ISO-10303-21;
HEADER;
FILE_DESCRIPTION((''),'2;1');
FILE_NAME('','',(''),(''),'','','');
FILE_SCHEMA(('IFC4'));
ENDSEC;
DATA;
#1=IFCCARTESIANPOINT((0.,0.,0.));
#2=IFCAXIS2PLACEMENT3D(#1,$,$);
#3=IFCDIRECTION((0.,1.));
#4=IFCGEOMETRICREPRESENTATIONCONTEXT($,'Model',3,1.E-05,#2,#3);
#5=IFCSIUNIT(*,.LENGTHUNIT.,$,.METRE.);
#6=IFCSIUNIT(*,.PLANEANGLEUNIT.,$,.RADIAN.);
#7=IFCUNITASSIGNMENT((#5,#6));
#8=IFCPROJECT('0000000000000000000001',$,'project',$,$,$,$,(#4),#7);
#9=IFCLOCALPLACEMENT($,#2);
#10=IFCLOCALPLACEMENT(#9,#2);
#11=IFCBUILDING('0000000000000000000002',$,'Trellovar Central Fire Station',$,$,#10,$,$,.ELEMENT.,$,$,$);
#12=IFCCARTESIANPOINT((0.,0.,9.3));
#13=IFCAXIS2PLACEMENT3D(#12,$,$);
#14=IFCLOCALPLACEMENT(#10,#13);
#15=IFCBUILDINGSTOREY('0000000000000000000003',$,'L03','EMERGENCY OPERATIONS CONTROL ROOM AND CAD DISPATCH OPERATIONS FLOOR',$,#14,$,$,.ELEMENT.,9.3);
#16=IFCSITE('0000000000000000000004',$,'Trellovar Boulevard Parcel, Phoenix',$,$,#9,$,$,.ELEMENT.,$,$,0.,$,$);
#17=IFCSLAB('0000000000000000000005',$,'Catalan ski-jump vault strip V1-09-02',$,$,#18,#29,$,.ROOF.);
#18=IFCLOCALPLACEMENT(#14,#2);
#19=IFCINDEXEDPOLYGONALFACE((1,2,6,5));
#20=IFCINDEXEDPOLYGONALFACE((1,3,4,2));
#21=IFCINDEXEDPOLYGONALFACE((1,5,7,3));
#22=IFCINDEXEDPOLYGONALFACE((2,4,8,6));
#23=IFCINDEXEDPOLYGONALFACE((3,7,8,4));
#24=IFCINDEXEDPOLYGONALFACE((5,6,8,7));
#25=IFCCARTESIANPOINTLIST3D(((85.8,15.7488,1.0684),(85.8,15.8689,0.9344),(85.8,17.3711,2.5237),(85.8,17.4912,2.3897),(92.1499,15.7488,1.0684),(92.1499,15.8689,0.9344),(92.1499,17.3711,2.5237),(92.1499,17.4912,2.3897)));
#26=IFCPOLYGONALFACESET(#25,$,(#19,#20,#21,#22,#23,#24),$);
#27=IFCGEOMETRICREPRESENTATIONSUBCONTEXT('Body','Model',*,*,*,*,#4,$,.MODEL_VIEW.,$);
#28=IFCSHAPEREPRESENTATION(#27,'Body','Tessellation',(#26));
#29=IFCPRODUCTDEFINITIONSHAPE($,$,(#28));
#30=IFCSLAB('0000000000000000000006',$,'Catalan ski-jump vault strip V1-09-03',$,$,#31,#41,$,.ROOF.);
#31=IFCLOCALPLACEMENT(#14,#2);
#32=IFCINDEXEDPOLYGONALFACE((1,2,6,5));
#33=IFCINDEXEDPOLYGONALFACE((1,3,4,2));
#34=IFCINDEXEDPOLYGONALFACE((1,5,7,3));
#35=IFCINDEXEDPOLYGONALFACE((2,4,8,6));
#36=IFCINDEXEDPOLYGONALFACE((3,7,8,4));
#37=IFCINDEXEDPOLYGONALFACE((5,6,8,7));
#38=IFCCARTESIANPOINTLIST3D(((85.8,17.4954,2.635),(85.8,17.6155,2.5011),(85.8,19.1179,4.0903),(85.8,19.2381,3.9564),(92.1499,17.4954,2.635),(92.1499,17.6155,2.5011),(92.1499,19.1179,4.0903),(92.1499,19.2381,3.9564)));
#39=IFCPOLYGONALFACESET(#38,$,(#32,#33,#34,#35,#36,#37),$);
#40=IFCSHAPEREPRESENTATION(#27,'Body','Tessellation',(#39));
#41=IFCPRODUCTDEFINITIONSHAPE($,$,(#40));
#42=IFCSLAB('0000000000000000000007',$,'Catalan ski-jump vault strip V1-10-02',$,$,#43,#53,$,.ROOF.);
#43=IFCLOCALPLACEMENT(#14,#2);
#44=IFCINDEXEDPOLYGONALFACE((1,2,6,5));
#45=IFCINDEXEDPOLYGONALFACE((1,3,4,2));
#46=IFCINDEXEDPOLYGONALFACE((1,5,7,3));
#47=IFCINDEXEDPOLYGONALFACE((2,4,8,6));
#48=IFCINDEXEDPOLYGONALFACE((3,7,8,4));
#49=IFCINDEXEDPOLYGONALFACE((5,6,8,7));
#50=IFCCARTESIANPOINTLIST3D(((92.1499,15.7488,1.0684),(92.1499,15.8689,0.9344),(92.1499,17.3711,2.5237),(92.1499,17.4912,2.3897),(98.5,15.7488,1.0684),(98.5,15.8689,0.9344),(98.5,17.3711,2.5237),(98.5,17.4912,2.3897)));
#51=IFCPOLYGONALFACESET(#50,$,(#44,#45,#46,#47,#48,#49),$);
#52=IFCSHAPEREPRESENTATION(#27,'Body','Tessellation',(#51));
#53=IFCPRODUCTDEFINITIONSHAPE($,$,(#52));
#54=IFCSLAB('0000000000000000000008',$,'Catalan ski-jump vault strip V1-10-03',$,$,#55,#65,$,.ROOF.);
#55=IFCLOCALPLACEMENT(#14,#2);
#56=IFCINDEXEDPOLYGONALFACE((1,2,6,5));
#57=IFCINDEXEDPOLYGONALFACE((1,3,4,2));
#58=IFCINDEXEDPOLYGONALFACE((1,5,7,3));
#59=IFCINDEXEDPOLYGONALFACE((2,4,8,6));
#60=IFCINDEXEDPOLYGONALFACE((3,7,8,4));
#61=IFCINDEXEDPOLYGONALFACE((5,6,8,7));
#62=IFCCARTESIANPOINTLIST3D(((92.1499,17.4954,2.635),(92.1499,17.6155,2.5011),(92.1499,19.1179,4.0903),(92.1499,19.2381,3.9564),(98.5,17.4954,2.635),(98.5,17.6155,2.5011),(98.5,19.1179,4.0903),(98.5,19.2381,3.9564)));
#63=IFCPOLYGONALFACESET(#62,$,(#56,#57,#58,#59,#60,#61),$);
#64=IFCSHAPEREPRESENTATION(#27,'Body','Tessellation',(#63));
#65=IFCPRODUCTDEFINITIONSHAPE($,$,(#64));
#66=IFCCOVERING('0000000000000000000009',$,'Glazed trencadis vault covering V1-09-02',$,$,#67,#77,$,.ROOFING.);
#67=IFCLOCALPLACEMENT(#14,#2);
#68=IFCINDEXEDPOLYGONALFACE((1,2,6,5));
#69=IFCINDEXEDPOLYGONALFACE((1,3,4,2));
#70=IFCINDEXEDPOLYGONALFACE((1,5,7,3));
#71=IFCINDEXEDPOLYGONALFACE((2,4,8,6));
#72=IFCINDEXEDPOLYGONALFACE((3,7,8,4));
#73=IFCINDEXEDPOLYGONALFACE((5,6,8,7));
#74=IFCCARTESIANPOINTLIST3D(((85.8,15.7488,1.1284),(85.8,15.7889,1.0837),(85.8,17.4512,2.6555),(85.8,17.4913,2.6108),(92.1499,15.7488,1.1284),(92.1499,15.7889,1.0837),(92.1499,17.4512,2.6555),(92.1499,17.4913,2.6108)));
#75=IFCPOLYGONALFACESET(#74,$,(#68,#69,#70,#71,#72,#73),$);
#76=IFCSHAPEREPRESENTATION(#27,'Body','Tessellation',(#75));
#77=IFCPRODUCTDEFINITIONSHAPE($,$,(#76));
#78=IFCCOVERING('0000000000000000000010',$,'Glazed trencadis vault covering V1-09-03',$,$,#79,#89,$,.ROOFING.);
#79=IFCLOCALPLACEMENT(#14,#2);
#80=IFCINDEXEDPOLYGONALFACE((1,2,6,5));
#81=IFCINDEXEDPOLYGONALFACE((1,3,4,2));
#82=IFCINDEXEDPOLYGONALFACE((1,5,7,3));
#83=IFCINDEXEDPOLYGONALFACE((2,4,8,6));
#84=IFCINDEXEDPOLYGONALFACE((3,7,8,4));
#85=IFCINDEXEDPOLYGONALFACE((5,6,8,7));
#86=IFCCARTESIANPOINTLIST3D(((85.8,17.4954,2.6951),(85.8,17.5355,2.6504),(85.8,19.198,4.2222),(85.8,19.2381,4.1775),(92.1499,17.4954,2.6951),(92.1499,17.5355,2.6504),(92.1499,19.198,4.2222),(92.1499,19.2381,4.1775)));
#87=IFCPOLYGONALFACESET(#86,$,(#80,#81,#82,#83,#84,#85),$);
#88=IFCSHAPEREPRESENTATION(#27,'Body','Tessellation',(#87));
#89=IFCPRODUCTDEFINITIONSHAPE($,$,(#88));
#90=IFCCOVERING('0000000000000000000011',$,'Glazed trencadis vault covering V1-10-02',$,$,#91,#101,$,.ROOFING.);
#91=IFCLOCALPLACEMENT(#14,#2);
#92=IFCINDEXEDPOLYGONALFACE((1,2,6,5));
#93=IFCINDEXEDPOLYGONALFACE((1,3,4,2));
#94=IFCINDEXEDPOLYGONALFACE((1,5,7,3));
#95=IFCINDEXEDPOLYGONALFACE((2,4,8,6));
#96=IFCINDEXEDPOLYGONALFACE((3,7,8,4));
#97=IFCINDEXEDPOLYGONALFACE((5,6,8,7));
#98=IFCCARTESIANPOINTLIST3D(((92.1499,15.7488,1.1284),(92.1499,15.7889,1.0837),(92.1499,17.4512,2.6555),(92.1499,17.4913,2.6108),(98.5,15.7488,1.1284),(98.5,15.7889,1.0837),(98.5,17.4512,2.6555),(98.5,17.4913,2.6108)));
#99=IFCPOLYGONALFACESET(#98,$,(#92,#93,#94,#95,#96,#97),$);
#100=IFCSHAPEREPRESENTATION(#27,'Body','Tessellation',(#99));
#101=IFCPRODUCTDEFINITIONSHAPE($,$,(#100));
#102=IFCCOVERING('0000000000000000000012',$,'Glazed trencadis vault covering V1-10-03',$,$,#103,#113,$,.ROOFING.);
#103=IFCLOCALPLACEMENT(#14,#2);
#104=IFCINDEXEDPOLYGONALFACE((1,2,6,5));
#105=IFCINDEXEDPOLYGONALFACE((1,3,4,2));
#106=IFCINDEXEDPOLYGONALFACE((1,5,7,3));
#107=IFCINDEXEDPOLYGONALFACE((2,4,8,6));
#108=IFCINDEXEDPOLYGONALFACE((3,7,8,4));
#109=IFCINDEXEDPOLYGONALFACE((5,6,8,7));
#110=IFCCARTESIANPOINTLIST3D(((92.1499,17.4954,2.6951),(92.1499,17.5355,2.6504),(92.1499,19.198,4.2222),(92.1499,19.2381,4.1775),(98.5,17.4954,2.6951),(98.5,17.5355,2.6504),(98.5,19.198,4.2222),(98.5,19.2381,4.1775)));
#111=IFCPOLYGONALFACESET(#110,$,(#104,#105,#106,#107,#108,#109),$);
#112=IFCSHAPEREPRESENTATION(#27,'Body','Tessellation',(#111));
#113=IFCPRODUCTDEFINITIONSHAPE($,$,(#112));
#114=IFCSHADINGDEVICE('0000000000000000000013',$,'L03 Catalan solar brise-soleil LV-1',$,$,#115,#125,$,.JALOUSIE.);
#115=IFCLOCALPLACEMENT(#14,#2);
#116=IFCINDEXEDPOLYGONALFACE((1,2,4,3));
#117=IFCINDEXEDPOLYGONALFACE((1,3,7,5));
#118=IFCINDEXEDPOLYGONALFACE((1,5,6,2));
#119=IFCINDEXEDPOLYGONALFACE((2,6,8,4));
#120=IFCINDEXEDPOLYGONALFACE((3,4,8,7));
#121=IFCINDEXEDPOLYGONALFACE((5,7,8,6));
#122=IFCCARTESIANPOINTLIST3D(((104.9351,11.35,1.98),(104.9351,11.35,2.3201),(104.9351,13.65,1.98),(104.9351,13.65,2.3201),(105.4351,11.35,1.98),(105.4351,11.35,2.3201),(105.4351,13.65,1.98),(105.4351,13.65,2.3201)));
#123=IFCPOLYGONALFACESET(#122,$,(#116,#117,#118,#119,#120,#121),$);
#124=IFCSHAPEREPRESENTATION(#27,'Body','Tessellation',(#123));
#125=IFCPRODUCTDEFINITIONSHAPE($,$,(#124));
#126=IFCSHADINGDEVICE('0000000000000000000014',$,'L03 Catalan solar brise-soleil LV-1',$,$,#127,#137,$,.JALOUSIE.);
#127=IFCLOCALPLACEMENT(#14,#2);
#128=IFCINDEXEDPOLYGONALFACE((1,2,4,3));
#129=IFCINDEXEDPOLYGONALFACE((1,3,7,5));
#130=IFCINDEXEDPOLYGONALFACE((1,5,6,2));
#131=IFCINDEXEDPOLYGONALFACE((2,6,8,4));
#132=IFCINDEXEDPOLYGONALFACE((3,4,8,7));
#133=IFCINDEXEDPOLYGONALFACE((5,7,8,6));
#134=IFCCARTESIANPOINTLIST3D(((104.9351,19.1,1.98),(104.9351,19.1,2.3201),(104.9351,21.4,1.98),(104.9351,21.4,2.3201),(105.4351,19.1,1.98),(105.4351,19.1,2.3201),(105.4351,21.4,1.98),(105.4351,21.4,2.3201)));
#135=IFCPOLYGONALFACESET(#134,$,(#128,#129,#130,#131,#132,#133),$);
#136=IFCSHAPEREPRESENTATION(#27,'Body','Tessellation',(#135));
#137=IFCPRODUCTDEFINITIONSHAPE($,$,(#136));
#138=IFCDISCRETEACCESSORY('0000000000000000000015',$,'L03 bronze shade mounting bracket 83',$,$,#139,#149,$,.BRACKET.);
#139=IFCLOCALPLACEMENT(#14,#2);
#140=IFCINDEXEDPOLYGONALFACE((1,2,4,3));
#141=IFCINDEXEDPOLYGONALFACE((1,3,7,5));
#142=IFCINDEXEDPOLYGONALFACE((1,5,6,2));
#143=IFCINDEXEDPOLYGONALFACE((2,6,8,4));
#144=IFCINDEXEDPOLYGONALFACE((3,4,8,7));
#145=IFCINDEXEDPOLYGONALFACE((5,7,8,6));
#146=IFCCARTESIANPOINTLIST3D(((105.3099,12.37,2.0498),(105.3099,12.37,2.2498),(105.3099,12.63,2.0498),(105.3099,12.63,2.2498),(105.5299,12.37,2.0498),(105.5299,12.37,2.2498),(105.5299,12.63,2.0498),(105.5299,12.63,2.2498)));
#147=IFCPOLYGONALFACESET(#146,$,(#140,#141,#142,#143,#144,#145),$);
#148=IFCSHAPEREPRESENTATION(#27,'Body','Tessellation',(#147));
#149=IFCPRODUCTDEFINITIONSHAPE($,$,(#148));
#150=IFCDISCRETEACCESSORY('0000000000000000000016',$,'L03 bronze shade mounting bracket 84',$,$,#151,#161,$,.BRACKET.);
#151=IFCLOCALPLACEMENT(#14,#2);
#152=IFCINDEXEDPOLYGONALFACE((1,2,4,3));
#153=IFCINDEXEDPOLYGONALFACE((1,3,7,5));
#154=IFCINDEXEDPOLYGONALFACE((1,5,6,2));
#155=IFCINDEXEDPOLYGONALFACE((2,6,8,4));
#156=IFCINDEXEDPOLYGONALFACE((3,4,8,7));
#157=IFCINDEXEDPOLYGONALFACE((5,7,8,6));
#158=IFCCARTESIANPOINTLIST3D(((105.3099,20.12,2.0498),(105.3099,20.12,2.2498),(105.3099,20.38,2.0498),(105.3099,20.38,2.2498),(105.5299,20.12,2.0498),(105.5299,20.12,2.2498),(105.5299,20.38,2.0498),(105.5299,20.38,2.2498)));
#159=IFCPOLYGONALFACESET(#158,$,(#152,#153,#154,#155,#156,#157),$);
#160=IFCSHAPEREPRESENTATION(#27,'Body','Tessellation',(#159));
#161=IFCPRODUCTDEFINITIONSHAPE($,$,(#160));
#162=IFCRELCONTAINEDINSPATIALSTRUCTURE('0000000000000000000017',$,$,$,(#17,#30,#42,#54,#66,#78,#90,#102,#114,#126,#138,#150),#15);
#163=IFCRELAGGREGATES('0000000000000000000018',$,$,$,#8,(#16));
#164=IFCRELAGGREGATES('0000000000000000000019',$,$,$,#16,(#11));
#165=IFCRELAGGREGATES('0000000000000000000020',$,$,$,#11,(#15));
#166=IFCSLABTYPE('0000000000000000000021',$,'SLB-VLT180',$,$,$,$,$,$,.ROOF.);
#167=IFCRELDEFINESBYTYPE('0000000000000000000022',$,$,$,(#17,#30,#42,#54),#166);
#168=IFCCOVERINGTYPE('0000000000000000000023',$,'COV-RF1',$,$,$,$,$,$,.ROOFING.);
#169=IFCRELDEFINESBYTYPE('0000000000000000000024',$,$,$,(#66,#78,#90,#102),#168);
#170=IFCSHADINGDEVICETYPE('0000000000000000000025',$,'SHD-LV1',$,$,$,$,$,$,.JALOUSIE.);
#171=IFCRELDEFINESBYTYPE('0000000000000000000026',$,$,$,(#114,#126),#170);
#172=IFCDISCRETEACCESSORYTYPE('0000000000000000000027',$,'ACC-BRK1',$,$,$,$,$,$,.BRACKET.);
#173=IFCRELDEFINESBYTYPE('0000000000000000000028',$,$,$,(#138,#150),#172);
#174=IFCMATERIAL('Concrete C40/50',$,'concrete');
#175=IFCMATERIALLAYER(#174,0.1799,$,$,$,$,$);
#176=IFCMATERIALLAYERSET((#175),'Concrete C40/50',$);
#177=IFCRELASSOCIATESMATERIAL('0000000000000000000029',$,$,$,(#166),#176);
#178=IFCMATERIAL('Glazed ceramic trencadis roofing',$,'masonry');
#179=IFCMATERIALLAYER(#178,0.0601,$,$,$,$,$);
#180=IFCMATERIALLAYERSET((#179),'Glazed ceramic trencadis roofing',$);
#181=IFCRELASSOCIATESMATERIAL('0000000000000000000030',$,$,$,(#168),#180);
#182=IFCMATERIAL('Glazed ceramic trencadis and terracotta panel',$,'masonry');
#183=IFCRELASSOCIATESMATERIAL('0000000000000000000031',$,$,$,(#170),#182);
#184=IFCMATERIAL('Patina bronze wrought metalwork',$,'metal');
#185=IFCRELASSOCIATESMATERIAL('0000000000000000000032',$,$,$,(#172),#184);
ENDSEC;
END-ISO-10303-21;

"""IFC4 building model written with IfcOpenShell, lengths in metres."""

from ifc_helpers import new_model, si_unit, direction, frame, origin, origin_2d, place, context, subcontext, project, spatial, polyline, rectangle, outline, extrude, material, layer, layer_set, type_object, element, save


model = new_model("IFC4")

# Units and contexts
model_context = context("Model", 3, precision=1e-05, world=origin(), true_north=direction((0.0, 1.0)))
body_context = subcontext(model_context, "Body", "Model", "MODEL_VIEW")
ifc_project = project(units=[si_unit("LENGTHUNIT", "METRE"), si_unit("PLANEANGLEUNIT", "RADIAN")], contexts=[model_context])

# Site, building, storey
site_placement = place(None, origin())
site = spatial("IfcSite", under=ifc_project, at=site_placement, Name="Trellovar Boulevard Parcel, Phoenix", CompositionType="ELEMENT", RefElevation=0.0)
building_placement = place(site_placement, origin())
building = spatial("IfcBuilding", under=site, at=building_placement, Name="Trellovar Central Fire Station", CompositionType="ELEMENT")
storey_placement = place(building_placement, frame((0.0, 0.0, 9.3)))
storey = spatial("IfcBuildingStorey", under=building, at=storey_placement, Name="L03", Description="EMERGENCY OPERATIONS CONTROL ROOM AND CAD DISPATCH OPERATIONS FLOOR", CompositionType="ELEMENT", Elevation=9.3)

# Slabs
ifc_material_1 = material(Name="Concrete C40/50", Category="concrete")
ifc_layer_1 = layer(ifc_material_1, 0.1799)
ifc_layer_set_1 = layer_set([ifc_layer_1], Name="Concrete C40/50")
slab_type = type_object("IfcSlabType", Name="SLB-VLT180", PredefinedType="ROOF", material=ifc_layer_set_1)
slab_1_placement = place(storey_placement, frame((85.8, 15.7488, 1.0684), z_axis=(0.0, -0.667757, 0.744379), x_axis=(1.0, 0.0, 0.0)))
element("IfcSlab", 1, at=slab_1_placement, inside=storey, type_object=slab_type, Name="Catalan ski-jump vault strip V1-09-02", PredefinedType="ROOF", context=body_context, shape_type="SweptSolid", body=[
    extrude(outline(polyline([(0.0, 0.0), (6.3499, 0.0), (6.3499, 2.1794), (0.0, 2.1794), (0.0, 0.0)])), origin(), (0.0, 0.0, -1.0), 0.1799),
])
slab_2_placement = place(storey_placement, frame((85.8, 17.4954, 2.635), z_axis=(0.0, -0.667701, 0.744429), x_axis=(1.0, 0.0, 0.0)))
element("IfcSlab", 2, at=slab_2_placement, inside=storey, type_object=slab_type, Name="Catalan ski-jump vault strip V1-09-03", PredefinedType="ROOF", context=body_context, shape_type="SweptSolid", body=[
    extrude(outline(polyline([(0.0, 0.0), (6.3499, 0.0), (6.3499, 2.1796), (0.0, 2.1796), (0.0, 0.0)])), origin(), (0.0, 0.0, -1.0), 0.1799),
])
slab_3_placement = place(storey_placement, frame((92.1499, 15.7488, 1.0684), z_axis=(0.0, -0.667757, 0.744379), x_axis=(1.0, 0.0, 0.0)))
element("IfcSlab", 3, at=slab_3_placement, inside=storey, type_object=slab_type, Name="Catalan ski-jump vault strip V1-10-02", PredefinedType="ROOF", context=body_context, shape_type="SweptSolid", body=[
    extrude(outline(polyline([(0.0, 0.0), (6.3501, 0.0), (6.3501, 2.1794), (0.0, 2.1794), (0.0, 0.0)])), origin(), (0.0, 0.0, -1.0), 0.1799),
])
slab_4_placement = place(storey_placement, frame((92.1499, 17.4954, 2.635), z_axis=(0.0, -0.667701, 0.744429), x_axis=(1.0, 0.0, 0.0)))
element("IfcSlab", 4, at=slab_4_placement, inside=storey, type_object=slab_type, Name="Catalan ski-jump vault strip V1-10-03", PredefinedType="ROOF", context=body_context, shape_type="SweptSolid", body=[
    extrude(outline(polyline([(0.0, 0.0), (6.3501, 0.0), (6.3501, 2.1796), (0.0, 2.1796), (0.0, 0.0)])), origin(), (0.0, 0.0, -1.0), 0.1799),
])

# Coverings
ifc_material_2 = material(Name="Glazed ceramic trencadis roofing", Category="masonry")
ifc_layer_2 = layer(ifc_material_2, 0.0601)
ifc_layer_set_2 = layer_set([ifc_layer_2], Name="Glazed ceramic trencadis roofing")
covering_type = type_object("IfcCoveringType", Name="COV-RF1", PredefinedType="ROOFING", material=ifc_layer_set_2)
covering_1_placement = place(storey_placement, frame((85.8, 15.7488, 1.1284), z_axis=(0.0, -0.667743, 0.744392), x_axis=(1.0, 0.0, 0.0)))
element("IfcCovering", 5, at=covering_1_placement, inside=storey, type_object=covering_type, Name="Glazed trencadis vault covering V1-09-02", PredefinedType="ROOFING", context=body_context, shape_type="SweptSolid", body=[
    extrude(outline(polyline([(0.0, 0.0), (6.3499, 0.0), (6.3499, 2.287), (0.0, 2.287), (0.0, 0.0)])), origin(), (0.0, 0.0, -1.0), 0.0601),
])
covering_2_placement = place(storey_placement, frame((85.8, 17.4954, 2.6951), z_axis=(0.0, -0.66769, 0.74444), x_axis=(1.0, 0.0, 0.0)))
element("IfcCovering", 6, at=covering_2_placement, inside=storey, type_object=covering_type, Name="Glazed trencadis vault covering V1-09-03", PredefinedType="ROOFING", context=body_context, shape_type="SweptSolid", body=[
    extrude(outline(polyline([(0.0, 0.0), (6.3499, 0.0), (6.3499, 2.2871), (0.0, 2.2871), (0.0, 0.0)])), origin(), (0.0, 0.0, -1.0), 0.0601),
])
covering_3_placement = place(storey_placement, frame((92.1499, 15.7488, 1.1284), z_axis=(0.0, -0.667743, 0.744392), x_axis=(1.0, 0.0, 0.0)))
element("IfcCovering", 7, at=covering_3_placement, inside=storey, type_object=covering_type, Name="Glazed trencadis vault covering V1-10-02", PredefinedType="ROOFING", context=body_context, shape_type="SweptSolid", body=[
    extrude(outline(polyline([(0.0, 0.0), (6.3501, 0.0), (6.3501, 2.287), (0.0, 2.287), (0.0, 0.0)])), origin(), (0.0, 0.0, -1.0), 0.0601),
])
covering_4_placement = place(storey_placement, frame((92.1499, 17.4954, 2.6951), z_axis=(0.0, -0.66769, 0.74444), x_axis=(1.0, 0.0, 0.0)))
element("IfcCovering", 8, at=covering_4_placement, inside=storey, type_object=covering_type, Name="Glazed trencadis vault covering V1-10-03", PredefinedType="ROOFING", context=body_context, shape_type="SweptSolid", body=[
    extrude(outline(polyline([(0.0, 0.0), (6.3501, 0.0), (6.3501, 2.2871), (0.0, 2.2871), (0.0, 0.0)])), origin(), (0.0, 0.0, -1.0), 0.0601),
])

# Shading devices
ifc_material_3 = material(Name="Glazed ceramic trencadis and terracotta panel", Category="masonry")
shading_device_type = type_object("IfcShadingDeviceType", Name="SHD-LV1", PredefinedType="JALOUSIE", material=ifc_material_3)
for number, where, z_axis, x_axis, name in (
    (9, (105.1851, 12.5, 1.98), (0.0, 0.0, 1.0), (0.0, 1.0, 0.0), "L03 Catalan solar brise-soleil LV-1"),
    (10, (105.1851, 20.25, 1.98), (0.0, 0.0, 1.0), (0.0, 1.0, 0.0), "L03 Catalan solar brise-soleil LV-1"),
):
    element("IfcShadingDevice", number, at=place(storey_placement, frame(where, z_axis=z_axis, x_axis=x_axis)), inside=storey, type_object=shading_device_type, Name=name, PredefinedType="JALOUSIE", context=body_context, shape_type="SweptSolid", body=[
        extrude(rectangle(XDim=2.3, YDim=0.5, at=origin_2d()), origin(), (0.0, 0.0, 1.0), 0.3401),
    ])

# Discrete accessories
ifc_material_4 = material(Name="Patina bronze wrought metalwork", Category="metal")
discrete_accessory_type = type_object("IfcDiscreteAccessoryType", Name="ACC-BRK1", PredefinedType="BRACKET", material=ifc_material_4)
for number, where, z_axis, x_axis, name in (
    (11, (105.4199, 12.5, 2.0498), (0.0, 0.0, 1.0), (0.0, 1.0, 0.0), "L03 bronze shade mounting bracket 83"),
    (12, (105.4199, 20.25, 2.0498), (0.0, 0.0, 1.0), (0.0, 1.0, 0.0), "L03 bronze shade mounting bracket 84"),
):
    element("IfcDiscreteAccessory", number, at=place(storey_placement, frame(where, z_axis=z_axis, x_axis=x_axis)), inside=storey, type_object=discrete_accessory_type, Name=name, PredefinedType="BRACKET", context=body_context, shape_type="SweptSolid", body=[
        extrude(rectangle(XDim=0.26, YDim=0.22, at=origin_2d()), origin(), (0.0, 0.0, 1.0), 0.2),
    ])

save(model, "model.ifc")
